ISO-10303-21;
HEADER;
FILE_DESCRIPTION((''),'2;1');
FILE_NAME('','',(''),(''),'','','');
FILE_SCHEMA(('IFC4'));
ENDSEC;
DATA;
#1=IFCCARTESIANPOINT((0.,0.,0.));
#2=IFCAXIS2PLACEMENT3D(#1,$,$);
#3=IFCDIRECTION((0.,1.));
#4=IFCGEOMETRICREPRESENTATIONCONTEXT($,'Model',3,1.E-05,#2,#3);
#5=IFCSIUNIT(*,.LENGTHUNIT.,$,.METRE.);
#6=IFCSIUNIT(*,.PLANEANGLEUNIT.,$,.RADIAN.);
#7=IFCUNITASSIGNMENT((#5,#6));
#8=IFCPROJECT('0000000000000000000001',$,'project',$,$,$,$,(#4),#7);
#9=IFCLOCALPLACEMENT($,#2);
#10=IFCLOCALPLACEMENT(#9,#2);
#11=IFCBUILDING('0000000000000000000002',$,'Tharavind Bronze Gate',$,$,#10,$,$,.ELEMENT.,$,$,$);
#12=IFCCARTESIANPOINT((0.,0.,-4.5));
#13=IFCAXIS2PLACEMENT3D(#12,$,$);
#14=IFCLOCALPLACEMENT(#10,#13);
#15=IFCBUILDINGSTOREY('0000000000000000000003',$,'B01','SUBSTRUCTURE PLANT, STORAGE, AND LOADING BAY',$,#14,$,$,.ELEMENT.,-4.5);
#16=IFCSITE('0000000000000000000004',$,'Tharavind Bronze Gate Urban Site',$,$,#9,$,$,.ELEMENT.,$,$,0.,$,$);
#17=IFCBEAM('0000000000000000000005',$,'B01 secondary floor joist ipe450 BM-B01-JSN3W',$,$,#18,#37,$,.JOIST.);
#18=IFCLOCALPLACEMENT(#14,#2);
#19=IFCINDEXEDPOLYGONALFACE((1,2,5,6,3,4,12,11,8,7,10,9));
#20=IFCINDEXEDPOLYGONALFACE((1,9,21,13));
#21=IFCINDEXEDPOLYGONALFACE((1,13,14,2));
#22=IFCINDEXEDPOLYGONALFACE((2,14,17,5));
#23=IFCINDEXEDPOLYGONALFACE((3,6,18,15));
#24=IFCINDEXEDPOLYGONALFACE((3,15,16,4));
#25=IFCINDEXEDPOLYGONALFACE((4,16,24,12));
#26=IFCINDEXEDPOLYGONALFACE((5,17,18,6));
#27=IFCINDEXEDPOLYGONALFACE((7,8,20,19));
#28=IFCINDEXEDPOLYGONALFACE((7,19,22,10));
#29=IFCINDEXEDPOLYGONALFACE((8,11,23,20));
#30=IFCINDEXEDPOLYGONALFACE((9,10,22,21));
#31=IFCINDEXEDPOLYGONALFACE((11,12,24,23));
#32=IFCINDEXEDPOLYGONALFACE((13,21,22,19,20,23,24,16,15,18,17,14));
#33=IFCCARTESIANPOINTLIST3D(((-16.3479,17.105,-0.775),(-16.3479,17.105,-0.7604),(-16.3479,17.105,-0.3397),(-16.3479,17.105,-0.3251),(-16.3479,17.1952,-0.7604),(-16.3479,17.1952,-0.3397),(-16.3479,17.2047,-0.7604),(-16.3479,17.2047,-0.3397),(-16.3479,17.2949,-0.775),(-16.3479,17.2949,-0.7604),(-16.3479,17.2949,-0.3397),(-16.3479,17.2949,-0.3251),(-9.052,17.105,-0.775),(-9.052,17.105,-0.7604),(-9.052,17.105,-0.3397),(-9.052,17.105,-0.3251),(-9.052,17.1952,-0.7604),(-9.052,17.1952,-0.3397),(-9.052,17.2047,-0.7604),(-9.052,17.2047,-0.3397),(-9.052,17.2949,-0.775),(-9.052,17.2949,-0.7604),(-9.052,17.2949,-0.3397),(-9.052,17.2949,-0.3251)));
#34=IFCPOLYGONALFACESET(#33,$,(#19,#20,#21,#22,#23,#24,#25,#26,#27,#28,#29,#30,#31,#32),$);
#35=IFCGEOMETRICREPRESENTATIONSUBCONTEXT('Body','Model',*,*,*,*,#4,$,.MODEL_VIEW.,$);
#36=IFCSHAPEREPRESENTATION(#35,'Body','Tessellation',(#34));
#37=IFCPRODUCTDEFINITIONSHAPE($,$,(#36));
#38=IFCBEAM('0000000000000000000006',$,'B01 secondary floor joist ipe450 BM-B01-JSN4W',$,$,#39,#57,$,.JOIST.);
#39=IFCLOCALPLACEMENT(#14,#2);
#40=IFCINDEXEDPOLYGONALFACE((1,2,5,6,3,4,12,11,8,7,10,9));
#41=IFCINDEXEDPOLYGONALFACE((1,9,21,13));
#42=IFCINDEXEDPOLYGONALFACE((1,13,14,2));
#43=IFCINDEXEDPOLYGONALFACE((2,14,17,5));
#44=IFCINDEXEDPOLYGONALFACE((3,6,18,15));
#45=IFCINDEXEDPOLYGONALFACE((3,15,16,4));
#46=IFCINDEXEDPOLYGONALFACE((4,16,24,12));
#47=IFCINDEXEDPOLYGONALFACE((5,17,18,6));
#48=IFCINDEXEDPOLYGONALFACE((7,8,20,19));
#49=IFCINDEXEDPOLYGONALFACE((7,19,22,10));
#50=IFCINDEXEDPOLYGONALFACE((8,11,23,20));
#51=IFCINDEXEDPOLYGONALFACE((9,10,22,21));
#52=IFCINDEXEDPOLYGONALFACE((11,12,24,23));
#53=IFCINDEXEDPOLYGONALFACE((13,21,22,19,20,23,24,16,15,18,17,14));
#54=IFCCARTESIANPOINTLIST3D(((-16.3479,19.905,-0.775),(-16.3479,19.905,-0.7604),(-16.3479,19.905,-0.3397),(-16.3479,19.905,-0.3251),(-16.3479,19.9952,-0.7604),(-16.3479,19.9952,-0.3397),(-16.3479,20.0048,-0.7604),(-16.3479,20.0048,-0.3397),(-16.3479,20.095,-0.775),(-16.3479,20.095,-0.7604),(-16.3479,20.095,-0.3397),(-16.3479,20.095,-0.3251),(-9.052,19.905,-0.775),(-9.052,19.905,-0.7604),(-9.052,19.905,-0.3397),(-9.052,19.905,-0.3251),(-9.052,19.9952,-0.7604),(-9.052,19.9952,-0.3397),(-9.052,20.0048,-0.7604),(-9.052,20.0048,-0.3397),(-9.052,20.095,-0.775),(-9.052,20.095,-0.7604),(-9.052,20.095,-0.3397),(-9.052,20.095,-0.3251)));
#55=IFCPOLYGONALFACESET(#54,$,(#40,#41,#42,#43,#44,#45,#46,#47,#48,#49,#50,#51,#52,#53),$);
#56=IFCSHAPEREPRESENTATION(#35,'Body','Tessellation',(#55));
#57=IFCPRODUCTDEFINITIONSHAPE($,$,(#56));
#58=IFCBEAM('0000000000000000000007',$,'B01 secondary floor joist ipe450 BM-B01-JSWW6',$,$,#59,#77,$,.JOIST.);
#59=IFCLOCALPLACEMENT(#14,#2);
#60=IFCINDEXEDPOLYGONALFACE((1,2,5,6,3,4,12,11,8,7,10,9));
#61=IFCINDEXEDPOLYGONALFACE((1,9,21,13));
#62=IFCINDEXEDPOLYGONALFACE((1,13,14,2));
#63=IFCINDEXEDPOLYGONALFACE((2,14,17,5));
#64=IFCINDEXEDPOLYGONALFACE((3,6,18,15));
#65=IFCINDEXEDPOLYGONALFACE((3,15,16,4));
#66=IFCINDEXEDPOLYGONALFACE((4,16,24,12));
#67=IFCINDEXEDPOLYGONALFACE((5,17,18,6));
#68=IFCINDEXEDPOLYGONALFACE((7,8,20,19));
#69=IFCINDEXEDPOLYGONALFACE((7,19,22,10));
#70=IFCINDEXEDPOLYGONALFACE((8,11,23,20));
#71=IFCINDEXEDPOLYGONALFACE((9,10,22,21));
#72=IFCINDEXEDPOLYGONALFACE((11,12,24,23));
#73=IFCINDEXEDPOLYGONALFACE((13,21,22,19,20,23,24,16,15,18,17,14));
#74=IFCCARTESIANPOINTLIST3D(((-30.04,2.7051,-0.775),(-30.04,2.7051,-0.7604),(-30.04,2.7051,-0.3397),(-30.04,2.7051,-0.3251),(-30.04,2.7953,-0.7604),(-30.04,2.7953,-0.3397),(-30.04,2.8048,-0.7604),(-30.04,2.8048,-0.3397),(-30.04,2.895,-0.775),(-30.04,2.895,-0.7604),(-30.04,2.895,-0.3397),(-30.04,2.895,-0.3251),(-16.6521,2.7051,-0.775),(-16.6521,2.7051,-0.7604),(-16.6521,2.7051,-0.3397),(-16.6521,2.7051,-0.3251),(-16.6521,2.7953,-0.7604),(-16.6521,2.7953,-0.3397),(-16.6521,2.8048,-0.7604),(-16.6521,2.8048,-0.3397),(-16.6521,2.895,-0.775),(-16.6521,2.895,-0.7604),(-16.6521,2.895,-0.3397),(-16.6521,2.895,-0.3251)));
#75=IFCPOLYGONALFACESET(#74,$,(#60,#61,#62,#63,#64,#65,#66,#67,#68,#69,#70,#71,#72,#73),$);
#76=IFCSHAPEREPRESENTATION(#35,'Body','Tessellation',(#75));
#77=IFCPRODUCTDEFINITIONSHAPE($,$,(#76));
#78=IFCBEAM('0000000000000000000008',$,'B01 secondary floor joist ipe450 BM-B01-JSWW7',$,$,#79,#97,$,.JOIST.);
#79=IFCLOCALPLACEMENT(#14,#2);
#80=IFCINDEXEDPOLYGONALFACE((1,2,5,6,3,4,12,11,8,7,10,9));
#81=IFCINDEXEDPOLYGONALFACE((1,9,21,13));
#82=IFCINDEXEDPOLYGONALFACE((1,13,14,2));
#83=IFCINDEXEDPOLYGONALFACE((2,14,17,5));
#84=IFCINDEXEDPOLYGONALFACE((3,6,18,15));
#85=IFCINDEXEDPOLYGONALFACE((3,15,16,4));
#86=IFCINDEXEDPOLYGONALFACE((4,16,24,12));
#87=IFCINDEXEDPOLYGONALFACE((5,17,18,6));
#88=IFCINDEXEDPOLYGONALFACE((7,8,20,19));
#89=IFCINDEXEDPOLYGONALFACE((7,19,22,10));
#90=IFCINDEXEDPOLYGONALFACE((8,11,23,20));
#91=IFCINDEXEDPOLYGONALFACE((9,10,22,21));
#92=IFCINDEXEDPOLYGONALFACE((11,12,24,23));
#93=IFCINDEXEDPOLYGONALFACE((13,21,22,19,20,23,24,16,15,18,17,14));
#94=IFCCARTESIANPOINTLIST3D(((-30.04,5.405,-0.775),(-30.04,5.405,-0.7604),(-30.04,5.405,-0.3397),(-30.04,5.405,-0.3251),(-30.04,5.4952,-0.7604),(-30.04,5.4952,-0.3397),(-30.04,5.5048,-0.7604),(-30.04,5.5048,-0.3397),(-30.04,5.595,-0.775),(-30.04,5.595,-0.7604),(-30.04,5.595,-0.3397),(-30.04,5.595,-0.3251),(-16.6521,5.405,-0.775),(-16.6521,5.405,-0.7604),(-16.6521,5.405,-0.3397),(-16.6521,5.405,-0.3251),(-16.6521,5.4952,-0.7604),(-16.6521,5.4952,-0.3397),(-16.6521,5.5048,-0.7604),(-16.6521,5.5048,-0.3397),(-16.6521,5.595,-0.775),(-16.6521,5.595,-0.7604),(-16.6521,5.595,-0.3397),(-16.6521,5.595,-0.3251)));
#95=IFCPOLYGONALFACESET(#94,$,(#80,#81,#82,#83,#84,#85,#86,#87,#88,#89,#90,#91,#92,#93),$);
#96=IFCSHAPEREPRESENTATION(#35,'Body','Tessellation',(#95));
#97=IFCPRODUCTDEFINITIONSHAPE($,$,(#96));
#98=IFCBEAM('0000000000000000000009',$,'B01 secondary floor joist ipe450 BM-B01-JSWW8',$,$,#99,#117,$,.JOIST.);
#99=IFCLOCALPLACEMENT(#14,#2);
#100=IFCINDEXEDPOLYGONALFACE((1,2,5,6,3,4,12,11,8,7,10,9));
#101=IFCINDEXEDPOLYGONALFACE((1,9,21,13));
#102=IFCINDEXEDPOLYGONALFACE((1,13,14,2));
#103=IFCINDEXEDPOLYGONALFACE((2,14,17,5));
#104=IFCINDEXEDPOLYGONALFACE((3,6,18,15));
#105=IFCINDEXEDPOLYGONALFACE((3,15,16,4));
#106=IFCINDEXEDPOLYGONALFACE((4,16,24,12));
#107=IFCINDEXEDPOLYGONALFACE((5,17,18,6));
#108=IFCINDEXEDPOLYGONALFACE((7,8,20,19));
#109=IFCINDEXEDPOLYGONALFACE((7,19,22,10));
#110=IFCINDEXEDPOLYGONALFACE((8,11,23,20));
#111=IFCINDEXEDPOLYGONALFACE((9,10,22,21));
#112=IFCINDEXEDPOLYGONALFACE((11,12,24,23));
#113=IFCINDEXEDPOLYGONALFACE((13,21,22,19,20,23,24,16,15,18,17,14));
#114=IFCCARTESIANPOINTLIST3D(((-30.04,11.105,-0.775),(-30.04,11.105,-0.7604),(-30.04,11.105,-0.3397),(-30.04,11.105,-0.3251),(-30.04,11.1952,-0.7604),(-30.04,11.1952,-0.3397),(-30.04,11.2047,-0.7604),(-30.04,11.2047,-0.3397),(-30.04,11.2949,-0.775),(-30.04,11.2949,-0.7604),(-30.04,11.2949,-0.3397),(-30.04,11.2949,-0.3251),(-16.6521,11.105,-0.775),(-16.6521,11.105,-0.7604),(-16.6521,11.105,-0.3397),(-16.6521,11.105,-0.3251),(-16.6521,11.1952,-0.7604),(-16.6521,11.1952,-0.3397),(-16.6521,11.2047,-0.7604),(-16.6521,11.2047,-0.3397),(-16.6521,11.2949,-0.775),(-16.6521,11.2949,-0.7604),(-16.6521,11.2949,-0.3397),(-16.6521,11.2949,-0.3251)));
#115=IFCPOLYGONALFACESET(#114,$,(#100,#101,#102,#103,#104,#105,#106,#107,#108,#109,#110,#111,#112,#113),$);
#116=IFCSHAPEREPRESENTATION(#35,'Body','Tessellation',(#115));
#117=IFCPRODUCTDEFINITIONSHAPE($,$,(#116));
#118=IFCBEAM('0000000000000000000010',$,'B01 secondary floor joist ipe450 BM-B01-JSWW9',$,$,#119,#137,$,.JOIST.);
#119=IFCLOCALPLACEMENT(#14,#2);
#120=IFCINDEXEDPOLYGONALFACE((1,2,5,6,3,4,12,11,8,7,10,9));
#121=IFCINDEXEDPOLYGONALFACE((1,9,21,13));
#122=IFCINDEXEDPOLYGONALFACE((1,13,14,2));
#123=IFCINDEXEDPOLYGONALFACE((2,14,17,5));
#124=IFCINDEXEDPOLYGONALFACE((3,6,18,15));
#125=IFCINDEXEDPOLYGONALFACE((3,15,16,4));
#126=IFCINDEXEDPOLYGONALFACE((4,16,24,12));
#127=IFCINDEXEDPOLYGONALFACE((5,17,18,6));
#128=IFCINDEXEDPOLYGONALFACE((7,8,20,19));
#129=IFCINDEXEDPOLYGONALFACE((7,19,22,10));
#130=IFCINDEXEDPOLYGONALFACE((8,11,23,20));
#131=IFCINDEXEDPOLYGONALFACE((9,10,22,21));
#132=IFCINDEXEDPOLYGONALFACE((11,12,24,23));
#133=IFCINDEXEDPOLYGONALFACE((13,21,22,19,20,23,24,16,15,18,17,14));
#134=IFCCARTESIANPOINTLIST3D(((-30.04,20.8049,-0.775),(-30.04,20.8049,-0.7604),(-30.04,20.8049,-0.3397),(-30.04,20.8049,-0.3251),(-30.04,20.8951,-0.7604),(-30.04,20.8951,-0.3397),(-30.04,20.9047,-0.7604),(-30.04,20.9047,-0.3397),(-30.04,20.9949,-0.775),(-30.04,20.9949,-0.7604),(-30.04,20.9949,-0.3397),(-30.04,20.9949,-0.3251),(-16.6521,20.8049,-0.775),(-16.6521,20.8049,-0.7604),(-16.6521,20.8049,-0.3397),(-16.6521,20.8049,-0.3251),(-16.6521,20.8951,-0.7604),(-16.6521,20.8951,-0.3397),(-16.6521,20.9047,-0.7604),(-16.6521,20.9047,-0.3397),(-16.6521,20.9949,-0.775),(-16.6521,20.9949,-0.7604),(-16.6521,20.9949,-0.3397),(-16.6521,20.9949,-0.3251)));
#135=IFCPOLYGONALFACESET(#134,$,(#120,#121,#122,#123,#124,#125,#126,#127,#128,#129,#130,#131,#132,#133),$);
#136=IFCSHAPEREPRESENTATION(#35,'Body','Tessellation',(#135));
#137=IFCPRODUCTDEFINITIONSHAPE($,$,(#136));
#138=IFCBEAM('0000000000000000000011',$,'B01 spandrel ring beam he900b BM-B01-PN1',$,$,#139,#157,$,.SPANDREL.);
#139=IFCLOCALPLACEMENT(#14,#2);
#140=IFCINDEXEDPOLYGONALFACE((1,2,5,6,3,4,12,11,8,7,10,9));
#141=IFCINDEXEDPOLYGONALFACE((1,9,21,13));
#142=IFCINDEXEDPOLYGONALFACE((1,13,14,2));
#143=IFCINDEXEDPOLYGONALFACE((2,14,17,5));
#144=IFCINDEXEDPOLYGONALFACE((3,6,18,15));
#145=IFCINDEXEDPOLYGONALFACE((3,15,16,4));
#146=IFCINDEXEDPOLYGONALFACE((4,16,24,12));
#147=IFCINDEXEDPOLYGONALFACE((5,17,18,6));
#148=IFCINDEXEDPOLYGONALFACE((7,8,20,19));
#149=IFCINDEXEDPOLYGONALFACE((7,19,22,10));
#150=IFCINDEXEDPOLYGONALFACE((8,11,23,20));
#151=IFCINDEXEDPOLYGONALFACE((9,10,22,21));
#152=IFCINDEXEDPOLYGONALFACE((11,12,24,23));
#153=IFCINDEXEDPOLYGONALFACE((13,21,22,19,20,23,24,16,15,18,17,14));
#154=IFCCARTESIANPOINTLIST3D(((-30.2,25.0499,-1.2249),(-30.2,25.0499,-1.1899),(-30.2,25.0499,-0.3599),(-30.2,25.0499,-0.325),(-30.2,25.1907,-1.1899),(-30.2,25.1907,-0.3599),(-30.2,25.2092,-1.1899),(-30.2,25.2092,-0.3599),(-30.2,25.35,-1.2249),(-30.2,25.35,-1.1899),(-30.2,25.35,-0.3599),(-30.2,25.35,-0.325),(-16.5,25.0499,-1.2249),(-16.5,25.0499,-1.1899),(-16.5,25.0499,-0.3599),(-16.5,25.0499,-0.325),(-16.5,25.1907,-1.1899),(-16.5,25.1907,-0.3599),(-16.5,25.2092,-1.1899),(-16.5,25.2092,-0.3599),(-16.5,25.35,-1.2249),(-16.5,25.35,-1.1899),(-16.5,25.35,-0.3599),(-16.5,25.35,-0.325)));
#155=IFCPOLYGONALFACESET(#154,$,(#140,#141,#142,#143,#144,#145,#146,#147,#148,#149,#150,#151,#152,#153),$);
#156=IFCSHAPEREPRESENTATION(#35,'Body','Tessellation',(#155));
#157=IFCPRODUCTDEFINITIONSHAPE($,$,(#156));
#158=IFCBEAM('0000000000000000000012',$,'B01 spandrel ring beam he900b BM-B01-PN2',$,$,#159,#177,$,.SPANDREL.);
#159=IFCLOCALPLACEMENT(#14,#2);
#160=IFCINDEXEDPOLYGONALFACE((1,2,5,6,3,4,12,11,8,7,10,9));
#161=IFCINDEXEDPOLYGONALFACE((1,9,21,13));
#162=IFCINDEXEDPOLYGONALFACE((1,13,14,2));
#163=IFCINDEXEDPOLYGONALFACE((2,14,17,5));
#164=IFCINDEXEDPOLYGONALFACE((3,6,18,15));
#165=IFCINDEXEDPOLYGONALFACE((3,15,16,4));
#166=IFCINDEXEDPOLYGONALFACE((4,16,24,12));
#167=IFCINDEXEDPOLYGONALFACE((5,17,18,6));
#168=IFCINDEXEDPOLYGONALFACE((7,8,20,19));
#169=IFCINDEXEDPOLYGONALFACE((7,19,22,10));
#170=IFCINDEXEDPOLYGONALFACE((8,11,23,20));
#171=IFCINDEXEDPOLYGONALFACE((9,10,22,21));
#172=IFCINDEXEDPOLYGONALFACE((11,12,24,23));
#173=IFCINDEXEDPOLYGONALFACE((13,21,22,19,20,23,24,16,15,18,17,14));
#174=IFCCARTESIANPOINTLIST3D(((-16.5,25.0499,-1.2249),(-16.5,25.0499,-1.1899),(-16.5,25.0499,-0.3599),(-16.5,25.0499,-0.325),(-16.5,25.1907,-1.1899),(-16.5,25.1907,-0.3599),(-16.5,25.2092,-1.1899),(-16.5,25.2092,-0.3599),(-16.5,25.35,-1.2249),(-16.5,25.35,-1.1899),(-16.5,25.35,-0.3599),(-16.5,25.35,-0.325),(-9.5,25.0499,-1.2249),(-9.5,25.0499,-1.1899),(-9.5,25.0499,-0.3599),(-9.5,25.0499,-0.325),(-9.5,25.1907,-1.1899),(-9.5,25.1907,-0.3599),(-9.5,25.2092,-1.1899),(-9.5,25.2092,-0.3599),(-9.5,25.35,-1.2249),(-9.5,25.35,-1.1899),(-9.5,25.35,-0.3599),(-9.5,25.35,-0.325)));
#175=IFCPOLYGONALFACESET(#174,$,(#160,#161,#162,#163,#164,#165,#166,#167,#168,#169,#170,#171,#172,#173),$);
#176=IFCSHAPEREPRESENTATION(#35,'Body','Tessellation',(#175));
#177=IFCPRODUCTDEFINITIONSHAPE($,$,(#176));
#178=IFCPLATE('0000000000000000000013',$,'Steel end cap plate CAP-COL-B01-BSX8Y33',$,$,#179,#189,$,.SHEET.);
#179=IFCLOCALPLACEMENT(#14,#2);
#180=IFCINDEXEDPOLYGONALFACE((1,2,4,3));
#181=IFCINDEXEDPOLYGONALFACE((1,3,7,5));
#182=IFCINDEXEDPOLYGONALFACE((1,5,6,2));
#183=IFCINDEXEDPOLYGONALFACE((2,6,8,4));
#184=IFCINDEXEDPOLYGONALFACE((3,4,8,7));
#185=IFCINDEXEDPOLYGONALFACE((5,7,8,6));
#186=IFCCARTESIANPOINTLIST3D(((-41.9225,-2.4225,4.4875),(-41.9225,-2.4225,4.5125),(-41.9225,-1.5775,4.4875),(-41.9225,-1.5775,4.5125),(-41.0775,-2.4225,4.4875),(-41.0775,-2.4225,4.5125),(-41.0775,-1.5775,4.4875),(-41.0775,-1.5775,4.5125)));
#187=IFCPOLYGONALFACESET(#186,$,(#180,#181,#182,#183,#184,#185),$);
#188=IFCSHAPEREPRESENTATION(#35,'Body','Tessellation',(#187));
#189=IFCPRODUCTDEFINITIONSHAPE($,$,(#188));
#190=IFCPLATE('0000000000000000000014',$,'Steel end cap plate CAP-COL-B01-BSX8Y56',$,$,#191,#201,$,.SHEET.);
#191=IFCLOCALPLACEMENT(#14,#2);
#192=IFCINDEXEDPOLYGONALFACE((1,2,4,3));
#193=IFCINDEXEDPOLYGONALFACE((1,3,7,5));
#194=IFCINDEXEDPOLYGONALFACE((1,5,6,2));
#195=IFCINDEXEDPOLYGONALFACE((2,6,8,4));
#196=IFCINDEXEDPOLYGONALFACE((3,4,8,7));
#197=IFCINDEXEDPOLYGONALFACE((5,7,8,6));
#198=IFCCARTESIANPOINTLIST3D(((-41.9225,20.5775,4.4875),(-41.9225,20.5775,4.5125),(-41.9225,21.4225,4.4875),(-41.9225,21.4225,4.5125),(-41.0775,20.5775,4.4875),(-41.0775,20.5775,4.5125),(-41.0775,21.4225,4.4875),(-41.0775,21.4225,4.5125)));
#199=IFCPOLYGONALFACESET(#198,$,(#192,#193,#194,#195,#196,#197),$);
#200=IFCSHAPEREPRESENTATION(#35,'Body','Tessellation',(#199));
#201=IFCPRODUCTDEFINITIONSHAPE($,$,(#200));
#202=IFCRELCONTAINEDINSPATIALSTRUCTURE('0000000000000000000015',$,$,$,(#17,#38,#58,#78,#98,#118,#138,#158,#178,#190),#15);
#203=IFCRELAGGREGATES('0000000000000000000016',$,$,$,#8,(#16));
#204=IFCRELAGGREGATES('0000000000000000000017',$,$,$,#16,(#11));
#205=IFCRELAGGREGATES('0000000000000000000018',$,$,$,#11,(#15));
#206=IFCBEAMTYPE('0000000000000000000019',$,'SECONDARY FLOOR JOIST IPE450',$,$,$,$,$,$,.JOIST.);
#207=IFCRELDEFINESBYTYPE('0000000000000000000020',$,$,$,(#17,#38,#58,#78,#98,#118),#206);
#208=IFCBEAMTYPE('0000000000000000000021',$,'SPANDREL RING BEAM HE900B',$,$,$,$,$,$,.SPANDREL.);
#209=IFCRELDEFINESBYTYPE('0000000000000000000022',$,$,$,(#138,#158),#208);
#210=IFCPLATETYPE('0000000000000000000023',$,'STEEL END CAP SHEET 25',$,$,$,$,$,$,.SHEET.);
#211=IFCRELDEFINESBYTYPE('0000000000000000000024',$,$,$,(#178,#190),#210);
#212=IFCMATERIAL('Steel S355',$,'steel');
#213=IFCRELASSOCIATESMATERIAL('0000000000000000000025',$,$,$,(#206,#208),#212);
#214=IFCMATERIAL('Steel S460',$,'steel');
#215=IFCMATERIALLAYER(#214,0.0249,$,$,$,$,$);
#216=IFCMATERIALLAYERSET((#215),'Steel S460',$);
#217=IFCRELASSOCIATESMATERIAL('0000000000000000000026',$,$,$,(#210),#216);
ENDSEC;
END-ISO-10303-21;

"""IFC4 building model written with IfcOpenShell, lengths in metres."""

from ifc_helpers import new_model, si_unit, direction, frame, origin, origin_2d, place, context, subcontext, project, spatial, rectangle, i_section, extrude, material, layer, layer_set, material_profile, profile_set, type_object, element, save


model = new_model("IFC4")

# Units and contexts
model_context = context("Model", 3, precision=1e-05, world=origin(), true_north=direction((0.0, 1.0)))
body_context = subcontext(model_context, "Body", "Model", "MODEL_VIEW")
ifc_project = project(units=[si_unit("LENGTHUNIT", "METRE"), si_unit("PLANEANGLEUNIT", "RADIAN")], contexts=[model_context])

# Site, building, storey
site_placement = place(None, origin())
site = spatial("IfcSite", under=ifc_project, at=site_placement, Name="Tharavind Bronze Gate Urban Site", CompositionType="ELEMENT", RefElevation=0.0)
building_placement = place(site_placement, origin())
building = spatial("IfcBuilding", under=site, at=building_placement, Name="Tharavind Bronze Gate", CompositionType="ELEMENT")
storey_placement = place(building_placement, frame((0.0, 0.0, -4.5)))
storey = spatial("IfcBuildingStorey", under=building, at=storey_placement, Name="B01", Description="SUBSTRUCTURE PLANT, STORAGE, AND LOADING BAY", CompositionType="ELEMENT", Elevation=-4.5)

# Shared definitions
ifc_material_1 = material(Name="Steel S460", Category="steel")

# Beams
ifc_material_2 = material(Name="Steel S355", Category="steel")
ifc_material_profile_1 = material_profile(ifc_material_2, i_section(OverallWidth=0.1899, OverallDepth=0.45, WebThickness=0.0095, FlangeThickness=0.0146, at=origin_2d()), Name="IPE450")
ifc_profile_set_1 = profile_set([ifc_material_profile_1], Name="Steel S355")
beam_type_1 = type_object("IfcBeamType", Name="SECONDARY FLOOR JOIST IPE450", PredefinedType="JOIST", material=ifc_profile_set_1)
for number, where, z_axis, x_axis, name in (
    (1, (-16.3479, 17.2, -0.55), (1.0, 0.0, 0.0), (0.0, 1.0, 0.0), "B01 secondary floor joist ipe450 BM-B01-JSN3W"),
    (2, (-16.3479, 20.0, -0.55), (1.0, 0.0, 0.0), (0.0, 1.0, 0.0), "B01 secondary floor joist ipe450 BM-B01-JSN4W"),
):
    element("IfcBeam", number, at=place(storey_placement, frame(where, z_axis=z_axis, x_axis=x_axis)), inside=storey, type_object=beam_type_1, Name=name, PredefinedType="JOIST", context=body_context, shape_type="SweptSolid", body=[
        extrude(i_section(OverallWidth=0.1899, OverallDepth=0.45, WebThickness=0.0095, FlangeThickness=0.0146, at=origin_2d()), origin(), (0.0, 0.0, 1.0), 7.2959),
    ])
for number, where, z_axis, x_axis, name in (
    (3, (-30.04, 2.8, -0.55), (1.0, 0.0, 0.0), (0.0, 1.0, 0.0), "B01 secondary floor joist ipe450 BM-B01-JSWW6"),
    (4, (-30.04, 5.5, -0.55), (1.0, 0.0, 0.0), (0.0, 1.0, 0.0), "B01 secondary floor joist ipe450 BM-B01-JSWW7"),
    (5, (-30.04, 11.2, -0.55), (1.0, 0.0, 0.0), (0.0, 1.0, 0.0), "B01 secondary floor joist ipe450 BM-B01-JSWW8"),
    (6, (-30.04, 20.8999, -0.55), (1.0, 0.0, 0.0), (0.0, 1.0, 0.0), "B01 secondary floor joist ipe450 BM-B01-JSWW9"),
):
    element("IfcBeam", number, at=place(storey_placement, frame(where, z_axis=z_axis, x_axis=x_axis)), inside=storey, type_object=beam_type_1, Name=name, PredefinedType="JOIST", context=body_context, shape_type="SweptSolid", body=[
        extrude(i_section(OverallWidth=0.1899, OverallDepth=0.45, WebThickness=0.0095, FlangeThickness=0.0146, at=origin_2d()), origin(), (0.0, 0.0, 1.0), 13.3879),
    ])
ifc_material_profile_2 = material_profile(ifc_material_2, i_section(OverallWidth=0.3, OverallDepth=0.8999, WebThickness=0.0186, FlangeThickness=0.0349, at=origin_2d()), Name="HE900B")
ifc_profile_set_2 = profile_set([ifc_material_profile_2], Name="Steel S355")
beam_type_2 = type_object("IfcBeamType", Name="SPANDREL RING BEAM HE900B", PredefinedType="SPANDREL", material=ifc_profile_set_2)
beam_1_placement = place(storey_placement, frame((-30.2, 25.2, -0.7749), z_axis=(1.0, 0.0, 0.0), x_axis=(0.0, 1.0, 0.0)))
element("IfcBeam", 7, at=beam_1_placement, inside=storey, type_object=beam_type_2, Name="B01 spandrel ring beam he900b BM-B01-PN1", PredefinedType="SPANDREL", context=body_context, shape_type="SweptSolid", body=[
    extrude(i_section(OverallWidth=0.3, OverallDepth=0.8999, WebThickness=0.0186, FlangeThickness=0.0349, at=origin_2d()), origin(), (0.0, 0.0, 1.0), 13.7),
])
beam_2_placement = place(storey_placement, frame((-16.5, 25.2, -0.7749), z_axis=(1.0, 0.0, 0.0), x_axis=(0.0, 1.0, 0.0)))
element("IfcBeam", 8, at=beam_2_placement, inside=storey, type_object=beam_type_2, Name="B01 spandrel ring beam he900b BM-B01-PN2", PredefinedType="SPANDREL", context=body_context, shape_type="SweptSolid", body=[
    extrude(i_section(OverallWidth=0.3, OverallDepth=0.8999, WebThickness=0.0186, FlangeThickness=0.0349, at=origin_2d()), origin(), (0.0, 0.0, 1.0), 7.0),
])

# Plates
ifc_layer_1 = layer(ifc_material_1, 0.0249)
ifc_layer_set_1 = layer_set([ifc_layer_1], Name="Steel S460")
plate_type = type_object("IfcPlateType", Name="STEEL END CAP SHEET 25", PredefinedType="SHEET", material=ifc_layer_set_1)
for number, where, z_axis, x_axis, name in (
    (9, (-41.5, -2.0, 4.4875), (0.0, 0.0, 1.0), (1.0, 0.0, 0.0), "Steel end cap plate CAP-COL-B01-BSX8Y33"),
    (10, (-41.5, 21.0, 4.4875), (0.0, 0.0, 1.0), (1.0, 0.0, 0.0), "Steel end cap plate CAP-COL-B01-BSX8Y56"),
):
    element("IfcPlate", number, at=place(storey_placement, frame(where, z_axis=z_axis, x_axis=x_axis)), inside=storey, type_object=plate_type, Name=name, PredefinedType="SHEET", context=body_context, shape_type="SweptSolid", body=[
        extrude(rectangle(XDim=0.845, YDim=0.845, at=origin_2d()), origin(), (0.0, 0.0, 1.0), 0.0249),
    ])

save(model, "model.ifc")
